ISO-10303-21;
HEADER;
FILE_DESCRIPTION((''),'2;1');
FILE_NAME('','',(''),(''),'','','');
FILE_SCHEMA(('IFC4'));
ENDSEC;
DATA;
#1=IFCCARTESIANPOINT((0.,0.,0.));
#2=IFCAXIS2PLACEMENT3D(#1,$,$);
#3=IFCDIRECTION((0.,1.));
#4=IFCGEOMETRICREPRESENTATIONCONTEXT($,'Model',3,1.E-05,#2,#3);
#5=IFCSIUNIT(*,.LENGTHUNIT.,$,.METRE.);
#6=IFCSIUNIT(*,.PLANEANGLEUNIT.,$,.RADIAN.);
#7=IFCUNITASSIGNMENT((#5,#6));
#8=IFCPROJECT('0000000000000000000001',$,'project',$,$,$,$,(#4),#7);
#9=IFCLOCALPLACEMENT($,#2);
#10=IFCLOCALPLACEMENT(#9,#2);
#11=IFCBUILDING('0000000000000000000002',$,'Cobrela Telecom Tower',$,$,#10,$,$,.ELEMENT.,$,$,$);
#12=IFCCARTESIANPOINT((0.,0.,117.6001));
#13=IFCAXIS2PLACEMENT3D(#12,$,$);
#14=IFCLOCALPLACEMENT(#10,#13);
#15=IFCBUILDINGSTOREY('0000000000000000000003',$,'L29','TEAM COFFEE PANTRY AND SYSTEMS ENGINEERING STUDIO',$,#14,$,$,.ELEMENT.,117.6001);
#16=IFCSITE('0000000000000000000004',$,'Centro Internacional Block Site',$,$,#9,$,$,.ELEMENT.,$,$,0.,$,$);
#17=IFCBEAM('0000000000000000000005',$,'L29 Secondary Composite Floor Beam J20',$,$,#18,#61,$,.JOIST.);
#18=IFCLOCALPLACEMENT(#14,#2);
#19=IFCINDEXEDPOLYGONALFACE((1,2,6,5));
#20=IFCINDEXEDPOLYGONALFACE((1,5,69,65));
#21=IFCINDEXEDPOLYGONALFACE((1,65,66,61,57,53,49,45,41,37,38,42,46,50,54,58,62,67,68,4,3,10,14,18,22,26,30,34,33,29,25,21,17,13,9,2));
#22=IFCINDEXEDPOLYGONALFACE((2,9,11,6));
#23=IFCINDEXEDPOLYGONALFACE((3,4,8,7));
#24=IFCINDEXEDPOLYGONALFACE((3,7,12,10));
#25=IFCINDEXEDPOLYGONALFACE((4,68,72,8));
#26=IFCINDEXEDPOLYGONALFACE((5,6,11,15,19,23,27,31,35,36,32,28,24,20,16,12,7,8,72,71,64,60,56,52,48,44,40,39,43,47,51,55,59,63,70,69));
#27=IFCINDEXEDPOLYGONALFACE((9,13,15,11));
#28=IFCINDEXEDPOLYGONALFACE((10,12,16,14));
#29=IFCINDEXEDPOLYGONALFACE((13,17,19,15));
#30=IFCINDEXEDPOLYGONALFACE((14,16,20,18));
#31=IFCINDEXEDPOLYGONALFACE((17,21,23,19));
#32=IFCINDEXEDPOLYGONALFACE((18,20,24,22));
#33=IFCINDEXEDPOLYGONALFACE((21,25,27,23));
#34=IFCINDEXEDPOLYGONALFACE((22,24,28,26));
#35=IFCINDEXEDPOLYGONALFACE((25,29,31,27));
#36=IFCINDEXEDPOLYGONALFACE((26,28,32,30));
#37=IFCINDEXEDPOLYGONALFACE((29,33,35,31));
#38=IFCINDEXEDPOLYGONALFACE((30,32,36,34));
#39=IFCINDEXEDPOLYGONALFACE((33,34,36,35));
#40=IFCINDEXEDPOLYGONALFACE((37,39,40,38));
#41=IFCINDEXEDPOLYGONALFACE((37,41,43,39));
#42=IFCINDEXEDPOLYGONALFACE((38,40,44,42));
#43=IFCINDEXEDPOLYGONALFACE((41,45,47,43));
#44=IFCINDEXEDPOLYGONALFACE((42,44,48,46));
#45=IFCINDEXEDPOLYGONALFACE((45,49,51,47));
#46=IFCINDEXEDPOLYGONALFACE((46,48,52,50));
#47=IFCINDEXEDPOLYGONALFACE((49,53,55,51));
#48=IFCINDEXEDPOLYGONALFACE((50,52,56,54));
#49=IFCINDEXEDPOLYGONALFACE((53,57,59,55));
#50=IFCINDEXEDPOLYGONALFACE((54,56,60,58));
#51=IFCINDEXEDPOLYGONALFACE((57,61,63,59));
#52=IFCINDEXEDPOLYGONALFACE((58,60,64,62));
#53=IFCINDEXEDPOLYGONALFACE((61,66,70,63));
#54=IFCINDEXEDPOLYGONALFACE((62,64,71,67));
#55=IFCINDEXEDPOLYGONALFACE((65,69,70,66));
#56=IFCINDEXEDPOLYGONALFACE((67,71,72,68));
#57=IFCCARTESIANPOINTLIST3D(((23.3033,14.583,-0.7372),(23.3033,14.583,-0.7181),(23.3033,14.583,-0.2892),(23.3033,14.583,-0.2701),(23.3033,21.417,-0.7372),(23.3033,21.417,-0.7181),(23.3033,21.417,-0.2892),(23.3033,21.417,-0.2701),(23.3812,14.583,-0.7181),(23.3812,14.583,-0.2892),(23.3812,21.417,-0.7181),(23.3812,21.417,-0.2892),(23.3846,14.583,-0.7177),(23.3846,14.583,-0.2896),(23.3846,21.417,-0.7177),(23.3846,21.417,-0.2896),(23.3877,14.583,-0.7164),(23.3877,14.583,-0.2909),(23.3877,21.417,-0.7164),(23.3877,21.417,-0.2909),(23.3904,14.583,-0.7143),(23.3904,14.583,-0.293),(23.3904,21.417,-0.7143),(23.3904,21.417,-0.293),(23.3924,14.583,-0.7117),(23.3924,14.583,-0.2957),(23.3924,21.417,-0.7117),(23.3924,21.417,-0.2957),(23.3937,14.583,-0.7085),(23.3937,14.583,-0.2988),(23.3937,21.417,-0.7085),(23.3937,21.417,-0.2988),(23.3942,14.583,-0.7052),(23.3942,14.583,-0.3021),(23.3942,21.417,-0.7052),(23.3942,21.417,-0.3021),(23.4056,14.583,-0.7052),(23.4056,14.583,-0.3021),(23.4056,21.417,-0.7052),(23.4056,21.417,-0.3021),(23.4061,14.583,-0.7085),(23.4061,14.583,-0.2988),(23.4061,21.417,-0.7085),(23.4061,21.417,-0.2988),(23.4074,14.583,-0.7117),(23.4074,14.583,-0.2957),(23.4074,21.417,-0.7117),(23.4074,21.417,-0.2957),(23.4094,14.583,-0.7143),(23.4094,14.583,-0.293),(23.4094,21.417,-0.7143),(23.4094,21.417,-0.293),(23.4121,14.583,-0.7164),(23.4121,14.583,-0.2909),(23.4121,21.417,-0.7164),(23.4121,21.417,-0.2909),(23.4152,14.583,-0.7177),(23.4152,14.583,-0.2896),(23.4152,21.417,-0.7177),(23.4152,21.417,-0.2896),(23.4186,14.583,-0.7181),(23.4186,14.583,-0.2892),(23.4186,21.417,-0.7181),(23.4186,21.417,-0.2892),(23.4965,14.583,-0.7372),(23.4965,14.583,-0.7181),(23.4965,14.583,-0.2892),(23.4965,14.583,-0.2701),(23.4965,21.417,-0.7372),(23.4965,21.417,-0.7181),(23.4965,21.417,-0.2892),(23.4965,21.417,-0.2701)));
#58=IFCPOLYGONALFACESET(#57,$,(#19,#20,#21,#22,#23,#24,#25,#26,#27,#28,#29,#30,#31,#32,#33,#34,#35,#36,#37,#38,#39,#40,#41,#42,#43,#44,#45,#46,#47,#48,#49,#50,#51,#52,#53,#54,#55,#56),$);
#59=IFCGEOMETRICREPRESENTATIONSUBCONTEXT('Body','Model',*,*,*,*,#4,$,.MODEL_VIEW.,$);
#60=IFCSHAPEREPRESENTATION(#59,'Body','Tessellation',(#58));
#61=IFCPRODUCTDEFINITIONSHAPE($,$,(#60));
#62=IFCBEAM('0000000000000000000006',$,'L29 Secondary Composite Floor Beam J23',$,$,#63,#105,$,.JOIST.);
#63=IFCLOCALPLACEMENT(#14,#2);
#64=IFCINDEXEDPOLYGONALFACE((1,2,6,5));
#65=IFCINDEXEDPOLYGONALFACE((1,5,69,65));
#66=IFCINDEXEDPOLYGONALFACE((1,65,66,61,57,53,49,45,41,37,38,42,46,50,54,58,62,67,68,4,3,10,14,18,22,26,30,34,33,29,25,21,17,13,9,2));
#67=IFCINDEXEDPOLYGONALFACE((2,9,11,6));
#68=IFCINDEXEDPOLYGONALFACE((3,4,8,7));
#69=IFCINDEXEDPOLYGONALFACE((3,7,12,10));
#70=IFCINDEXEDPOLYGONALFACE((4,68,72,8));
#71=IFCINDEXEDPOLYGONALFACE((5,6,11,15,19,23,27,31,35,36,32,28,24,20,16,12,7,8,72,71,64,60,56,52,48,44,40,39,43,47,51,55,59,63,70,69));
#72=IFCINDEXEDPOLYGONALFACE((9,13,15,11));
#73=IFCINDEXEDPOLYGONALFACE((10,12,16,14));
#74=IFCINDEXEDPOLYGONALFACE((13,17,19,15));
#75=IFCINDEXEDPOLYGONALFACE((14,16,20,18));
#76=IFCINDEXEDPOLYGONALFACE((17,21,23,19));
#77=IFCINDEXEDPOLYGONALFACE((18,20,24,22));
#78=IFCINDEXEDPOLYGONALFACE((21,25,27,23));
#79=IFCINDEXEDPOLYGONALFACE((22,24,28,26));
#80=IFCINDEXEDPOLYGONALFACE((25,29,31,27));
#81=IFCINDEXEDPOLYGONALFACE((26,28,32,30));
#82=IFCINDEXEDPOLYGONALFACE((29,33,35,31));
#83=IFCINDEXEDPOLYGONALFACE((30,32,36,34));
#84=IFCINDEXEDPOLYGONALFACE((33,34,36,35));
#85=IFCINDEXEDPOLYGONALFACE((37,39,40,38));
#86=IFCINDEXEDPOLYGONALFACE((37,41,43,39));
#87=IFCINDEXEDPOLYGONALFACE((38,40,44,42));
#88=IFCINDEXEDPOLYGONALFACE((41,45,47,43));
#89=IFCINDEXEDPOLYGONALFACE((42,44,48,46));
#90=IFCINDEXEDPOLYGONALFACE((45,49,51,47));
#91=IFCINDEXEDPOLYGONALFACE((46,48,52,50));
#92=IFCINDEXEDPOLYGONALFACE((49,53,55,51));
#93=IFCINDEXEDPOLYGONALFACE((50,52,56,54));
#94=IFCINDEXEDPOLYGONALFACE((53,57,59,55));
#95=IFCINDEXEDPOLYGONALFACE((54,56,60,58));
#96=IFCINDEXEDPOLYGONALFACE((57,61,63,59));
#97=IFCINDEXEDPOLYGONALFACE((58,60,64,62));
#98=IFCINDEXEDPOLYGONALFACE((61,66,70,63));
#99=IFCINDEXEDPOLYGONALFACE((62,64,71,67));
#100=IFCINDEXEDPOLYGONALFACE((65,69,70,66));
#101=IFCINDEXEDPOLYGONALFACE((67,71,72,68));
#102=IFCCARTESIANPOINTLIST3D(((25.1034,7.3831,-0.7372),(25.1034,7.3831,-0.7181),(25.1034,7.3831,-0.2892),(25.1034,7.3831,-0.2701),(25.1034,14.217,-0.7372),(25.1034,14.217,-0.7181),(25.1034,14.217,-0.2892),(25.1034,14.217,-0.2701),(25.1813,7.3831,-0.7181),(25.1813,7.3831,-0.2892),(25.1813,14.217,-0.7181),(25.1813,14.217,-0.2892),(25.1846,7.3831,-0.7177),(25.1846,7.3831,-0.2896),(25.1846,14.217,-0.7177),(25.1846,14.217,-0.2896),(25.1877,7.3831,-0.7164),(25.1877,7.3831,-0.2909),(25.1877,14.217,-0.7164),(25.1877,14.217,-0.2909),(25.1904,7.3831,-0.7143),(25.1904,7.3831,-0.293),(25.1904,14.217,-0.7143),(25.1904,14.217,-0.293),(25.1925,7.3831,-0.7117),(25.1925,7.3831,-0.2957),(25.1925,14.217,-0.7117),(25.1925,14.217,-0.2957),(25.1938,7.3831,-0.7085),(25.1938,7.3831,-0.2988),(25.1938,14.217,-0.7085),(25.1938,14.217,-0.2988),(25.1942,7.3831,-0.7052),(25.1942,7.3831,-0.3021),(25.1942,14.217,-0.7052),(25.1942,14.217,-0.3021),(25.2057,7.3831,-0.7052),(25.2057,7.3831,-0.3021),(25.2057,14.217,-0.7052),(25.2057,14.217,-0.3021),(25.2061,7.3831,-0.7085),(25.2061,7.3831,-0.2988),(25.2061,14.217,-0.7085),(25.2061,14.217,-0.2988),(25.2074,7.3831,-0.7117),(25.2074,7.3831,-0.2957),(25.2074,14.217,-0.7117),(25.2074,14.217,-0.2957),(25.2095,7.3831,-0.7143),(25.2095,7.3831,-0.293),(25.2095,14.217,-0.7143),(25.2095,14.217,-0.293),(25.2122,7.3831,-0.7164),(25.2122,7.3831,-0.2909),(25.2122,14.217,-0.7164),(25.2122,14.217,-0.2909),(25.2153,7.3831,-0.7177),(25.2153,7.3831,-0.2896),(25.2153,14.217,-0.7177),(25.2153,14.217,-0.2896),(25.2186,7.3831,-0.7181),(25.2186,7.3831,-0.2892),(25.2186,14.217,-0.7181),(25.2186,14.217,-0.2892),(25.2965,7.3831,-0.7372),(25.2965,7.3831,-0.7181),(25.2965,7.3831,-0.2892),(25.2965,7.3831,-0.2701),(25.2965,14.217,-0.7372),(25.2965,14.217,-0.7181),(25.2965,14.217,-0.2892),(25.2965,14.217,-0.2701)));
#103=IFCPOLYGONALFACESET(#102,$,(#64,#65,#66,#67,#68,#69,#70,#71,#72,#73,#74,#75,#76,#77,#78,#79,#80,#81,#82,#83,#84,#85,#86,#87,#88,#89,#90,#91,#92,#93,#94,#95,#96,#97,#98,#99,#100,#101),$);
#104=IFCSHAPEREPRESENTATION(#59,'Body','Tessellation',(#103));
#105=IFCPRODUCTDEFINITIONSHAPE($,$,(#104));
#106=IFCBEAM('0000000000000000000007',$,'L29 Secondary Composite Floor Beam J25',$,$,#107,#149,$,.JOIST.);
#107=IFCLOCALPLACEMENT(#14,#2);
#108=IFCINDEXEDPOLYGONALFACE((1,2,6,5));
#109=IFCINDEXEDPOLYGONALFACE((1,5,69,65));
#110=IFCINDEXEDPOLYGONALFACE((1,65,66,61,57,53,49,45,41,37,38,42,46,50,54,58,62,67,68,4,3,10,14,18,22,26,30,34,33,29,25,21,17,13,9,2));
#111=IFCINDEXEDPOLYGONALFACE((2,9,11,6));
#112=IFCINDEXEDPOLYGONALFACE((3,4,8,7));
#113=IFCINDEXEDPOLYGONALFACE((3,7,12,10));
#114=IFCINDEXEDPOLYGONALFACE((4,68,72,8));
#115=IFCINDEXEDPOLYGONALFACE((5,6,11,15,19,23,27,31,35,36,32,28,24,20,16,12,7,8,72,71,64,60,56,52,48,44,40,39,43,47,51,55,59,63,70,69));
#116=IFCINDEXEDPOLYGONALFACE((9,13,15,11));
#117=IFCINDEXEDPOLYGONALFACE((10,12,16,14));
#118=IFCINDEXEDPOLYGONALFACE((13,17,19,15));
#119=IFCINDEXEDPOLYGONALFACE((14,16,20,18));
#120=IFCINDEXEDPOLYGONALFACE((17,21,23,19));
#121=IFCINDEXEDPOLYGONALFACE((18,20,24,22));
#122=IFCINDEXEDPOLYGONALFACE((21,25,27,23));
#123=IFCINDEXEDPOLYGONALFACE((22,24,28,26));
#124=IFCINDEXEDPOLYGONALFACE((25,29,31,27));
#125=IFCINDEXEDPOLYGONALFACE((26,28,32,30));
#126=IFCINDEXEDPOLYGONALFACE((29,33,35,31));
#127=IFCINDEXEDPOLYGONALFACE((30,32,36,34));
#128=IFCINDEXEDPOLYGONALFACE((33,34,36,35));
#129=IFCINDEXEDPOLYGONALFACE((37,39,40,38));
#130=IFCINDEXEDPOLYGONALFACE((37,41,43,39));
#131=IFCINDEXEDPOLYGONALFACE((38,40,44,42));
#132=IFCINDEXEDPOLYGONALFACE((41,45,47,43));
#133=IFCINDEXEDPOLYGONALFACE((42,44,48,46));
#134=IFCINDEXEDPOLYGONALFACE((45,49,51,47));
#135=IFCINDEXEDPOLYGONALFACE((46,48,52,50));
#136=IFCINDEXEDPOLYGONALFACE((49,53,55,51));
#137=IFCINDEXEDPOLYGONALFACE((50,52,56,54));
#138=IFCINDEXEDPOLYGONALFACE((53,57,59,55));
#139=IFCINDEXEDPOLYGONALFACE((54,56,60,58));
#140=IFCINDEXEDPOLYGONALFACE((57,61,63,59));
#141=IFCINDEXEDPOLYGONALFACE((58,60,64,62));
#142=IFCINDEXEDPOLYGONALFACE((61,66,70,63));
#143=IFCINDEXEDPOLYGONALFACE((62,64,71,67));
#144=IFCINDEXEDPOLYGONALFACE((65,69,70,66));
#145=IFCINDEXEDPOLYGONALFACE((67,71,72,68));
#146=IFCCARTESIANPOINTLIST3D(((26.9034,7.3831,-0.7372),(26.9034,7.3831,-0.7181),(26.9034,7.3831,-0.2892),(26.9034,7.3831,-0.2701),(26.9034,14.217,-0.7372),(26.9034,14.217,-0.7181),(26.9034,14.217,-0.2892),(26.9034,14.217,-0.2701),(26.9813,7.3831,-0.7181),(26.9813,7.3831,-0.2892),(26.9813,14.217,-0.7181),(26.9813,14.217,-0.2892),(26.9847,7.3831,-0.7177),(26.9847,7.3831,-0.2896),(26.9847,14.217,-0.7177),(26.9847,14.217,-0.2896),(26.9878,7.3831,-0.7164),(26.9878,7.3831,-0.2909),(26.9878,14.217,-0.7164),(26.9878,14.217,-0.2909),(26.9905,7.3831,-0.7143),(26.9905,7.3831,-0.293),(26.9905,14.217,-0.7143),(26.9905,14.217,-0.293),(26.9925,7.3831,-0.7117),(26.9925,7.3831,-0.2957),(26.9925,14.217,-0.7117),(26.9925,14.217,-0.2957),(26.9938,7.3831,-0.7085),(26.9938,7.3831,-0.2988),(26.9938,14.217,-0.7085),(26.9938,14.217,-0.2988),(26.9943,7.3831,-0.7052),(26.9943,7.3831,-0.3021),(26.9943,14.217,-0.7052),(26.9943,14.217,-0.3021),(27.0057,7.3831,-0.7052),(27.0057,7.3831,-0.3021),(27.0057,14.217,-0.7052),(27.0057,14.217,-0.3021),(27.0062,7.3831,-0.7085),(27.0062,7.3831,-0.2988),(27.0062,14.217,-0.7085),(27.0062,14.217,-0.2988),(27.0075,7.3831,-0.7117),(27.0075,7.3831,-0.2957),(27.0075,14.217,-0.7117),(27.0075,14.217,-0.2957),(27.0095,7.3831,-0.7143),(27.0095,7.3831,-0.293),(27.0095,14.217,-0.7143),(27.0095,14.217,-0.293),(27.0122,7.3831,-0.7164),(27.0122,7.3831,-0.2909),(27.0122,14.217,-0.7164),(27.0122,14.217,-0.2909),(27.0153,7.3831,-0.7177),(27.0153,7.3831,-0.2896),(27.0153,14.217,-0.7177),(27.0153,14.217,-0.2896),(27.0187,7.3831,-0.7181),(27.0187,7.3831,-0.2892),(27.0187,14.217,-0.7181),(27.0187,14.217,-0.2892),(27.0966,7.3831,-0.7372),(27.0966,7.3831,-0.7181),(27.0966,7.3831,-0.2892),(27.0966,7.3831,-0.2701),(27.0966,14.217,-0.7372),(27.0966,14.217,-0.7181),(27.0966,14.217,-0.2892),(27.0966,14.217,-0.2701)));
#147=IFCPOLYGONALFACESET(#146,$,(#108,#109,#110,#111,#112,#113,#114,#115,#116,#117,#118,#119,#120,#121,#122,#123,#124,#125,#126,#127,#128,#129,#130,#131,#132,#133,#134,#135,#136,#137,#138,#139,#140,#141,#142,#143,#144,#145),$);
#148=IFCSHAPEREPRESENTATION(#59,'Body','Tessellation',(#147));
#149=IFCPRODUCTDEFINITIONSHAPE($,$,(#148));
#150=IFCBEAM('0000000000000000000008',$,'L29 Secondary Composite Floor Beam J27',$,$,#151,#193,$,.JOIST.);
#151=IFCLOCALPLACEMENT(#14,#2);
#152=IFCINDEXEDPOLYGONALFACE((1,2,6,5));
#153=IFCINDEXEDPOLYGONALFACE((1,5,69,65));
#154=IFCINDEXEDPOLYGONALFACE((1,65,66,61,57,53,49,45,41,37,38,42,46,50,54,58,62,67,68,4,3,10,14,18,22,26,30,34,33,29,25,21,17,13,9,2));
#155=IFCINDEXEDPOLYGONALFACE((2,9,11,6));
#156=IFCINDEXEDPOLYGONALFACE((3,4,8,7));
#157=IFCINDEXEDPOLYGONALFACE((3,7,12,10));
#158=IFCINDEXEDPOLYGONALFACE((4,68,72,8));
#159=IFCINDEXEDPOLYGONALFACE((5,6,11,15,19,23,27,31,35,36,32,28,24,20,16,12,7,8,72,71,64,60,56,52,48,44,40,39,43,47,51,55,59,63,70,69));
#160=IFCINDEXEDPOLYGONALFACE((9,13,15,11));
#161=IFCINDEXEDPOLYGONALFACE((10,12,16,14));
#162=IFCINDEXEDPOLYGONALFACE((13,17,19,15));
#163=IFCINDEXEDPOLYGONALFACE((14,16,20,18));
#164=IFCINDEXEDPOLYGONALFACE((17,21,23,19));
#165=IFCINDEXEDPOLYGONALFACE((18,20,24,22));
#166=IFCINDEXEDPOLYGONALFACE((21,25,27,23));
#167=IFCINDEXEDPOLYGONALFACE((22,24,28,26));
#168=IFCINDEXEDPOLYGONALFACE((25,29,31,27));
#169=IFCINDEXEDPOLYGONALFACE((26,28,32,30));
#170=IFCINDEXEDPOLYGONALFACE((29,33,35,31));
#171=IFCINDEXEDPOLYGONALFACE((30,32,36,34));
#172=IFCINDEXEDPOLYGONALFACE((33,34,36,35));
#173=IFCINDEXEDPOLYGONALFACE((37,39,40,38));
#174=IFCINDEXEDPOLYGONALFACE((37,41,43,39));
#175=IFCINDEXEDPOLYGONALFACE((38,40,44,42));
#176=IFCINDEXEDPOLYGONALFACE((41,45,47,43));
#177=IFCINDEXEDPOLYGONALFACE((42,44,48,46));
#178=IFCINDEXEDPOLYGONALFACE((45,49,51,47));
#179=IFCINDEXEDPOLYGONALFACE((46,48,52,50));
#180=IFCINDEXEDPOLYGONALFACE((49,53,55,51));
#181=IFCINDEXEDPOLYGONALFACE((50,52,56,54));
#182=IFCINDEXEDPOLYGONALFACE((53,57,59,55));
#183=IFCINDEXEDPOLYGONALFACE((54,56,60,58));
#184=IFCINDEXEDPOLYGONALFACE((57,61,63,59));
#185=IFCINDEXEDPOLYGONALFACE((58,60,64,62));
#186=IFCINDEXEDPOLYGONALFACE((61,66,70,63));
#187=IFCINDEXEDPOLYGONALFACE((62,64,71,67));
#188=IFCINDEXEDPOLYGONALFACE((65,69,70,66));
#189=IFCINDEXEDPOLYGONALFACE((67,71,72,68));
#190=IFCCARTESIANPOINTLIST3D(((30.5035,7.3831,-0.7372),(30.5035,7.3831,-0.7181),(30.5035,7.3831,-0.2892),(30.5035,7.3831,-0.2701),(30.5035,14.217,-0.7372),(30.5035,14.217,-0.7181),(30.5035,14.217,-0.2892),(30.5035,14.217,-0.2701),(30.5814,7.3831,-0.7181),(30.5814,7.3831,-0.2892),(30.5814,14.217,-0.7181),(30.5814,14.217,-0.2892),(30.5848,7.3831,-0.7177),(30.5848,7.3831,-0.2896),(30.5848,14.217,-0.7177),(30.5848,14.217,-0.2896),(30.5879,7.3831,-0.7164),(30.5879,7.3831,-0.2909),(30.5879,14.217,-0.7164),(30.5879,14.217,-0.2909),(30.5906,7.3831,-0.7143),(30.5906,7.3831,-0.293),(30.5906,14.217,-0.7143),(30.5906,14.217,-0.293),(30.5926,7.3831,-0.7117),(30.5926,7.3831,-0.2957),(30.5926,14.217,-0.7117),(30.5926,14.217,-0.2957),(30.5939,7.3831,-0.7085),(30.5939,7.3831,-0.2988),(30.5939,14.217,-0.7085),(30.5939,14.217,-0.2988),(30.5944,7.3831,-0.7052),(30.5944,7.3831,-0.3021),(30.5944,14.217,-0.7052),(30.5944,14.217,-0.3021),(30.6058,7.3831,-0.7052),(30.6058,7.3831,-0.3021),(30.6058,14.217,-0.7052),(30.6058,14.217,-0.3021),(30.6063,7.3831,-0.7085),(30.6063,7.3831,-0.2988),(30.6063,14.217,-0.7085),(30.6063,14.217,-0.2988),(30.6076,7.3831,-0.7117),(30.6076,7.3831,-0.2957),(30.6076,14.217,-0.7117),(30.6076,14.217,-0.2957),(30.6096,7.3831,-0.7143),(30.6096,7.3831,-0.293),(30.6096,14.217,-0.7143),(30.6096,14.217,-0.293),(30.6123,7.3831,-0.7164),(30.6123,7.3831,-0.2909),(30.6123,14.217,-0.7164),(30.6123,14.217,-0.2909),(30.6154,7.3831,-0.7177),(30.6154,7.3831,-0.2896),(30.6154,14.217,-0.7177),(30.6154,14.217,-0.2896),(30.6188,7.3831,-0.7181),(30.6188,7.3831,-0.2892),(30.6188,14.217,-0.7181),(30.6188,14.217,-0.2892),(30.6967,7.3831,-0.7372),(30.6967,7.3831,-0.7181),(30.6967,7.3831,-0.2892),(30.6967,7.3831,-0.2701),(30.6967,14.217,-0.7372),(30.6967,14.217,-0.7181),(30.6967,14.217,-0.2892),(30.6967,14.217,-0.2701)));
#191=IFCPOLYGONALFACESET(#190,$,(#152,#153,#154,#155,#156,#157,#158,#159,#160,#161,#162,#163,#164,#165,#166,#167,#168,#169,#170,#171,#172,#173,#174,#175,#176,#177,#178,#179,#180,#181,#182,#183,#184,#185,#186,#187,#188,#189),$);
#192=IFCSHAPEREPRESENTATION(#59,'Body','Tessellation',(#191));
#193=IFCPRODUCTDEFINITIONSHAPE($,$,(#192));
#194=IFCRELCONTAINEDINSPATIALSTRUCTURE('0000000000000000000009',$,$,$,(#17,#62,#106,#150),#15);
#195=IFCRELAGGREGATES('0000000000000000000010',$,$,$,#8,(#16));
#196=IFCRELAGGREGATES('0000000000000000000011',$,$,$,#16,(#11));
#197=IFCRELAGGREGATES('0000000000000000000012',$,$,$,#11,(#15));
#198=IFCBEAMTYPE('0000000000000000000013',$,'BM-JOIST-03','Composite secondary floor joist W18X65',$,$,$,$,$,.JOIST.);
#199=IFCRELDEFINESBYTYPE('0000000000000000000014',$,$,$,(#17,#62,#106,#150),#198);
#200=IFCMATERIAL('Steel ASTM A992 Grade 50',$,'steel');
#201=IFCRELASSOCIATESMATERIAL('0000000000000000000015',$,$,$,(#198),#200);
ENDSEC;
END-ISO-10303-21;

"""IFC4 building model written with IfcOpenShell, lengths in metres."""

from ifc_helpers import new_model, si_unit, direction, frame, origin, origin_2d, place, context, subcontext, project, spatial, i_section, extrude, material, material_profile, profile_set, type_object, element, save


model = new_model("IFC4")

# Units and contexts
model_context = context("Model", 3, precision=1e-05, world=origin(), true_north=direction((0.0, 1.0)))
body_context = subcontext(model_context, "Body", "Model", "MODEL_VIEW")
ifc_project = project(units=[si_unit("LENGTHUNIT", "METRE"), si_unit("PLANEANGLEUNIT", "RADIAN")], contexts=[model_context])

# Site, building, storey
site_placement = place(None, origin())
site = spatial("IfcSite", under=ifc_project, at=site_placement, Name="Centro Internacional Block Site", CompositionType="ELEMENT", RefElevation=0.0)
building_placement = place(site_placement, origin())
building = spatial("IfcBuilding", under=site, at=building_placement, Name="Cobrela Telecom Tower", CompositionType="ELEMENT")
storey_placement = place(building_placement, frame((0.0, 0.0, 117.6001)))
storey = spatial("IfcBuildingStorey", under=building, at=storey_placement, Name="L29", Description="TEAM COFFEE PANTRY AND SYSTEMS ENGINEERING STUDIO", CompositionType="ELEMENT", Elevation=117.6001)

# Shared definitions
ifc_material_1 = material(Name="Steel ASTM A992 Grade 50", Category="steel")

# Beams
ifc_material_profile_1 = material_profile(ifc_material_1, i_section(OverallWidth=0.1931, OverallDepth=0.467, WebThickness=0.0115, FlangeThickness=0.019, FilletRadius=0.0129, at=origin_2d()), Name="W18X65")
ifc_profile_set_1 = profile_set([ifc_material_profile_1], Name="Steel ASTM A992 Grade 50")
beam_type_1 = type_object("IfcBeamType", Name="BM-JOIST-03", Description="Composite secondary floor joist W18X65", PredefinedType="JOIST", material=ifc_profile_set_1)
for number, where, z_axis, x_axis, name in (
    (1, (23.3999, 14.583, -0.5037), (0.0, 1.0, 0.0), (-1.0, 0.0, 0.0), "L29 Secondary Composite Floor Beam J20"),
    (2, (25.2, 7.3831, -0.5037), (0.0, 1.0, 0.0), (-1.0, 0.0, 0.0), "L29 Secondary Composite Floor Beam J23"),
    (3, (27.0, 7.3831, -0.5037), (0.0, 1.0, 0.0), (-1.0, 0.0, 0.0), "L29 Secondary Composite Floor Beam J25"),
    (4, (30.6001, 7.3831, -0.5037), (0.0, 1.0, 0.0), (-1.0, 0.0, 0.0), "L29 Secondary Composite Floor Beam J27"),
):
    element("IfcBeam", number, at=place(storey_placement, frame(where, z_axis=z_axis, x_axis=x_axis)), inside=storey, type_object=beam_type_1, Name=name, PredefinedType="JOIST", context=body_context, shape_type="SweptSolid", body=[
        extrude(i_section(OverallWidth=0.1931, OverallDepth=0.467, WebThickness=0.0115, FlangeThickness=0.019, FilletRadius=0.0129, at=origin_2d()), origin(), (0.0, 0.0, 1.0), 6.834),
    ])

save(model, "model.ifc")
